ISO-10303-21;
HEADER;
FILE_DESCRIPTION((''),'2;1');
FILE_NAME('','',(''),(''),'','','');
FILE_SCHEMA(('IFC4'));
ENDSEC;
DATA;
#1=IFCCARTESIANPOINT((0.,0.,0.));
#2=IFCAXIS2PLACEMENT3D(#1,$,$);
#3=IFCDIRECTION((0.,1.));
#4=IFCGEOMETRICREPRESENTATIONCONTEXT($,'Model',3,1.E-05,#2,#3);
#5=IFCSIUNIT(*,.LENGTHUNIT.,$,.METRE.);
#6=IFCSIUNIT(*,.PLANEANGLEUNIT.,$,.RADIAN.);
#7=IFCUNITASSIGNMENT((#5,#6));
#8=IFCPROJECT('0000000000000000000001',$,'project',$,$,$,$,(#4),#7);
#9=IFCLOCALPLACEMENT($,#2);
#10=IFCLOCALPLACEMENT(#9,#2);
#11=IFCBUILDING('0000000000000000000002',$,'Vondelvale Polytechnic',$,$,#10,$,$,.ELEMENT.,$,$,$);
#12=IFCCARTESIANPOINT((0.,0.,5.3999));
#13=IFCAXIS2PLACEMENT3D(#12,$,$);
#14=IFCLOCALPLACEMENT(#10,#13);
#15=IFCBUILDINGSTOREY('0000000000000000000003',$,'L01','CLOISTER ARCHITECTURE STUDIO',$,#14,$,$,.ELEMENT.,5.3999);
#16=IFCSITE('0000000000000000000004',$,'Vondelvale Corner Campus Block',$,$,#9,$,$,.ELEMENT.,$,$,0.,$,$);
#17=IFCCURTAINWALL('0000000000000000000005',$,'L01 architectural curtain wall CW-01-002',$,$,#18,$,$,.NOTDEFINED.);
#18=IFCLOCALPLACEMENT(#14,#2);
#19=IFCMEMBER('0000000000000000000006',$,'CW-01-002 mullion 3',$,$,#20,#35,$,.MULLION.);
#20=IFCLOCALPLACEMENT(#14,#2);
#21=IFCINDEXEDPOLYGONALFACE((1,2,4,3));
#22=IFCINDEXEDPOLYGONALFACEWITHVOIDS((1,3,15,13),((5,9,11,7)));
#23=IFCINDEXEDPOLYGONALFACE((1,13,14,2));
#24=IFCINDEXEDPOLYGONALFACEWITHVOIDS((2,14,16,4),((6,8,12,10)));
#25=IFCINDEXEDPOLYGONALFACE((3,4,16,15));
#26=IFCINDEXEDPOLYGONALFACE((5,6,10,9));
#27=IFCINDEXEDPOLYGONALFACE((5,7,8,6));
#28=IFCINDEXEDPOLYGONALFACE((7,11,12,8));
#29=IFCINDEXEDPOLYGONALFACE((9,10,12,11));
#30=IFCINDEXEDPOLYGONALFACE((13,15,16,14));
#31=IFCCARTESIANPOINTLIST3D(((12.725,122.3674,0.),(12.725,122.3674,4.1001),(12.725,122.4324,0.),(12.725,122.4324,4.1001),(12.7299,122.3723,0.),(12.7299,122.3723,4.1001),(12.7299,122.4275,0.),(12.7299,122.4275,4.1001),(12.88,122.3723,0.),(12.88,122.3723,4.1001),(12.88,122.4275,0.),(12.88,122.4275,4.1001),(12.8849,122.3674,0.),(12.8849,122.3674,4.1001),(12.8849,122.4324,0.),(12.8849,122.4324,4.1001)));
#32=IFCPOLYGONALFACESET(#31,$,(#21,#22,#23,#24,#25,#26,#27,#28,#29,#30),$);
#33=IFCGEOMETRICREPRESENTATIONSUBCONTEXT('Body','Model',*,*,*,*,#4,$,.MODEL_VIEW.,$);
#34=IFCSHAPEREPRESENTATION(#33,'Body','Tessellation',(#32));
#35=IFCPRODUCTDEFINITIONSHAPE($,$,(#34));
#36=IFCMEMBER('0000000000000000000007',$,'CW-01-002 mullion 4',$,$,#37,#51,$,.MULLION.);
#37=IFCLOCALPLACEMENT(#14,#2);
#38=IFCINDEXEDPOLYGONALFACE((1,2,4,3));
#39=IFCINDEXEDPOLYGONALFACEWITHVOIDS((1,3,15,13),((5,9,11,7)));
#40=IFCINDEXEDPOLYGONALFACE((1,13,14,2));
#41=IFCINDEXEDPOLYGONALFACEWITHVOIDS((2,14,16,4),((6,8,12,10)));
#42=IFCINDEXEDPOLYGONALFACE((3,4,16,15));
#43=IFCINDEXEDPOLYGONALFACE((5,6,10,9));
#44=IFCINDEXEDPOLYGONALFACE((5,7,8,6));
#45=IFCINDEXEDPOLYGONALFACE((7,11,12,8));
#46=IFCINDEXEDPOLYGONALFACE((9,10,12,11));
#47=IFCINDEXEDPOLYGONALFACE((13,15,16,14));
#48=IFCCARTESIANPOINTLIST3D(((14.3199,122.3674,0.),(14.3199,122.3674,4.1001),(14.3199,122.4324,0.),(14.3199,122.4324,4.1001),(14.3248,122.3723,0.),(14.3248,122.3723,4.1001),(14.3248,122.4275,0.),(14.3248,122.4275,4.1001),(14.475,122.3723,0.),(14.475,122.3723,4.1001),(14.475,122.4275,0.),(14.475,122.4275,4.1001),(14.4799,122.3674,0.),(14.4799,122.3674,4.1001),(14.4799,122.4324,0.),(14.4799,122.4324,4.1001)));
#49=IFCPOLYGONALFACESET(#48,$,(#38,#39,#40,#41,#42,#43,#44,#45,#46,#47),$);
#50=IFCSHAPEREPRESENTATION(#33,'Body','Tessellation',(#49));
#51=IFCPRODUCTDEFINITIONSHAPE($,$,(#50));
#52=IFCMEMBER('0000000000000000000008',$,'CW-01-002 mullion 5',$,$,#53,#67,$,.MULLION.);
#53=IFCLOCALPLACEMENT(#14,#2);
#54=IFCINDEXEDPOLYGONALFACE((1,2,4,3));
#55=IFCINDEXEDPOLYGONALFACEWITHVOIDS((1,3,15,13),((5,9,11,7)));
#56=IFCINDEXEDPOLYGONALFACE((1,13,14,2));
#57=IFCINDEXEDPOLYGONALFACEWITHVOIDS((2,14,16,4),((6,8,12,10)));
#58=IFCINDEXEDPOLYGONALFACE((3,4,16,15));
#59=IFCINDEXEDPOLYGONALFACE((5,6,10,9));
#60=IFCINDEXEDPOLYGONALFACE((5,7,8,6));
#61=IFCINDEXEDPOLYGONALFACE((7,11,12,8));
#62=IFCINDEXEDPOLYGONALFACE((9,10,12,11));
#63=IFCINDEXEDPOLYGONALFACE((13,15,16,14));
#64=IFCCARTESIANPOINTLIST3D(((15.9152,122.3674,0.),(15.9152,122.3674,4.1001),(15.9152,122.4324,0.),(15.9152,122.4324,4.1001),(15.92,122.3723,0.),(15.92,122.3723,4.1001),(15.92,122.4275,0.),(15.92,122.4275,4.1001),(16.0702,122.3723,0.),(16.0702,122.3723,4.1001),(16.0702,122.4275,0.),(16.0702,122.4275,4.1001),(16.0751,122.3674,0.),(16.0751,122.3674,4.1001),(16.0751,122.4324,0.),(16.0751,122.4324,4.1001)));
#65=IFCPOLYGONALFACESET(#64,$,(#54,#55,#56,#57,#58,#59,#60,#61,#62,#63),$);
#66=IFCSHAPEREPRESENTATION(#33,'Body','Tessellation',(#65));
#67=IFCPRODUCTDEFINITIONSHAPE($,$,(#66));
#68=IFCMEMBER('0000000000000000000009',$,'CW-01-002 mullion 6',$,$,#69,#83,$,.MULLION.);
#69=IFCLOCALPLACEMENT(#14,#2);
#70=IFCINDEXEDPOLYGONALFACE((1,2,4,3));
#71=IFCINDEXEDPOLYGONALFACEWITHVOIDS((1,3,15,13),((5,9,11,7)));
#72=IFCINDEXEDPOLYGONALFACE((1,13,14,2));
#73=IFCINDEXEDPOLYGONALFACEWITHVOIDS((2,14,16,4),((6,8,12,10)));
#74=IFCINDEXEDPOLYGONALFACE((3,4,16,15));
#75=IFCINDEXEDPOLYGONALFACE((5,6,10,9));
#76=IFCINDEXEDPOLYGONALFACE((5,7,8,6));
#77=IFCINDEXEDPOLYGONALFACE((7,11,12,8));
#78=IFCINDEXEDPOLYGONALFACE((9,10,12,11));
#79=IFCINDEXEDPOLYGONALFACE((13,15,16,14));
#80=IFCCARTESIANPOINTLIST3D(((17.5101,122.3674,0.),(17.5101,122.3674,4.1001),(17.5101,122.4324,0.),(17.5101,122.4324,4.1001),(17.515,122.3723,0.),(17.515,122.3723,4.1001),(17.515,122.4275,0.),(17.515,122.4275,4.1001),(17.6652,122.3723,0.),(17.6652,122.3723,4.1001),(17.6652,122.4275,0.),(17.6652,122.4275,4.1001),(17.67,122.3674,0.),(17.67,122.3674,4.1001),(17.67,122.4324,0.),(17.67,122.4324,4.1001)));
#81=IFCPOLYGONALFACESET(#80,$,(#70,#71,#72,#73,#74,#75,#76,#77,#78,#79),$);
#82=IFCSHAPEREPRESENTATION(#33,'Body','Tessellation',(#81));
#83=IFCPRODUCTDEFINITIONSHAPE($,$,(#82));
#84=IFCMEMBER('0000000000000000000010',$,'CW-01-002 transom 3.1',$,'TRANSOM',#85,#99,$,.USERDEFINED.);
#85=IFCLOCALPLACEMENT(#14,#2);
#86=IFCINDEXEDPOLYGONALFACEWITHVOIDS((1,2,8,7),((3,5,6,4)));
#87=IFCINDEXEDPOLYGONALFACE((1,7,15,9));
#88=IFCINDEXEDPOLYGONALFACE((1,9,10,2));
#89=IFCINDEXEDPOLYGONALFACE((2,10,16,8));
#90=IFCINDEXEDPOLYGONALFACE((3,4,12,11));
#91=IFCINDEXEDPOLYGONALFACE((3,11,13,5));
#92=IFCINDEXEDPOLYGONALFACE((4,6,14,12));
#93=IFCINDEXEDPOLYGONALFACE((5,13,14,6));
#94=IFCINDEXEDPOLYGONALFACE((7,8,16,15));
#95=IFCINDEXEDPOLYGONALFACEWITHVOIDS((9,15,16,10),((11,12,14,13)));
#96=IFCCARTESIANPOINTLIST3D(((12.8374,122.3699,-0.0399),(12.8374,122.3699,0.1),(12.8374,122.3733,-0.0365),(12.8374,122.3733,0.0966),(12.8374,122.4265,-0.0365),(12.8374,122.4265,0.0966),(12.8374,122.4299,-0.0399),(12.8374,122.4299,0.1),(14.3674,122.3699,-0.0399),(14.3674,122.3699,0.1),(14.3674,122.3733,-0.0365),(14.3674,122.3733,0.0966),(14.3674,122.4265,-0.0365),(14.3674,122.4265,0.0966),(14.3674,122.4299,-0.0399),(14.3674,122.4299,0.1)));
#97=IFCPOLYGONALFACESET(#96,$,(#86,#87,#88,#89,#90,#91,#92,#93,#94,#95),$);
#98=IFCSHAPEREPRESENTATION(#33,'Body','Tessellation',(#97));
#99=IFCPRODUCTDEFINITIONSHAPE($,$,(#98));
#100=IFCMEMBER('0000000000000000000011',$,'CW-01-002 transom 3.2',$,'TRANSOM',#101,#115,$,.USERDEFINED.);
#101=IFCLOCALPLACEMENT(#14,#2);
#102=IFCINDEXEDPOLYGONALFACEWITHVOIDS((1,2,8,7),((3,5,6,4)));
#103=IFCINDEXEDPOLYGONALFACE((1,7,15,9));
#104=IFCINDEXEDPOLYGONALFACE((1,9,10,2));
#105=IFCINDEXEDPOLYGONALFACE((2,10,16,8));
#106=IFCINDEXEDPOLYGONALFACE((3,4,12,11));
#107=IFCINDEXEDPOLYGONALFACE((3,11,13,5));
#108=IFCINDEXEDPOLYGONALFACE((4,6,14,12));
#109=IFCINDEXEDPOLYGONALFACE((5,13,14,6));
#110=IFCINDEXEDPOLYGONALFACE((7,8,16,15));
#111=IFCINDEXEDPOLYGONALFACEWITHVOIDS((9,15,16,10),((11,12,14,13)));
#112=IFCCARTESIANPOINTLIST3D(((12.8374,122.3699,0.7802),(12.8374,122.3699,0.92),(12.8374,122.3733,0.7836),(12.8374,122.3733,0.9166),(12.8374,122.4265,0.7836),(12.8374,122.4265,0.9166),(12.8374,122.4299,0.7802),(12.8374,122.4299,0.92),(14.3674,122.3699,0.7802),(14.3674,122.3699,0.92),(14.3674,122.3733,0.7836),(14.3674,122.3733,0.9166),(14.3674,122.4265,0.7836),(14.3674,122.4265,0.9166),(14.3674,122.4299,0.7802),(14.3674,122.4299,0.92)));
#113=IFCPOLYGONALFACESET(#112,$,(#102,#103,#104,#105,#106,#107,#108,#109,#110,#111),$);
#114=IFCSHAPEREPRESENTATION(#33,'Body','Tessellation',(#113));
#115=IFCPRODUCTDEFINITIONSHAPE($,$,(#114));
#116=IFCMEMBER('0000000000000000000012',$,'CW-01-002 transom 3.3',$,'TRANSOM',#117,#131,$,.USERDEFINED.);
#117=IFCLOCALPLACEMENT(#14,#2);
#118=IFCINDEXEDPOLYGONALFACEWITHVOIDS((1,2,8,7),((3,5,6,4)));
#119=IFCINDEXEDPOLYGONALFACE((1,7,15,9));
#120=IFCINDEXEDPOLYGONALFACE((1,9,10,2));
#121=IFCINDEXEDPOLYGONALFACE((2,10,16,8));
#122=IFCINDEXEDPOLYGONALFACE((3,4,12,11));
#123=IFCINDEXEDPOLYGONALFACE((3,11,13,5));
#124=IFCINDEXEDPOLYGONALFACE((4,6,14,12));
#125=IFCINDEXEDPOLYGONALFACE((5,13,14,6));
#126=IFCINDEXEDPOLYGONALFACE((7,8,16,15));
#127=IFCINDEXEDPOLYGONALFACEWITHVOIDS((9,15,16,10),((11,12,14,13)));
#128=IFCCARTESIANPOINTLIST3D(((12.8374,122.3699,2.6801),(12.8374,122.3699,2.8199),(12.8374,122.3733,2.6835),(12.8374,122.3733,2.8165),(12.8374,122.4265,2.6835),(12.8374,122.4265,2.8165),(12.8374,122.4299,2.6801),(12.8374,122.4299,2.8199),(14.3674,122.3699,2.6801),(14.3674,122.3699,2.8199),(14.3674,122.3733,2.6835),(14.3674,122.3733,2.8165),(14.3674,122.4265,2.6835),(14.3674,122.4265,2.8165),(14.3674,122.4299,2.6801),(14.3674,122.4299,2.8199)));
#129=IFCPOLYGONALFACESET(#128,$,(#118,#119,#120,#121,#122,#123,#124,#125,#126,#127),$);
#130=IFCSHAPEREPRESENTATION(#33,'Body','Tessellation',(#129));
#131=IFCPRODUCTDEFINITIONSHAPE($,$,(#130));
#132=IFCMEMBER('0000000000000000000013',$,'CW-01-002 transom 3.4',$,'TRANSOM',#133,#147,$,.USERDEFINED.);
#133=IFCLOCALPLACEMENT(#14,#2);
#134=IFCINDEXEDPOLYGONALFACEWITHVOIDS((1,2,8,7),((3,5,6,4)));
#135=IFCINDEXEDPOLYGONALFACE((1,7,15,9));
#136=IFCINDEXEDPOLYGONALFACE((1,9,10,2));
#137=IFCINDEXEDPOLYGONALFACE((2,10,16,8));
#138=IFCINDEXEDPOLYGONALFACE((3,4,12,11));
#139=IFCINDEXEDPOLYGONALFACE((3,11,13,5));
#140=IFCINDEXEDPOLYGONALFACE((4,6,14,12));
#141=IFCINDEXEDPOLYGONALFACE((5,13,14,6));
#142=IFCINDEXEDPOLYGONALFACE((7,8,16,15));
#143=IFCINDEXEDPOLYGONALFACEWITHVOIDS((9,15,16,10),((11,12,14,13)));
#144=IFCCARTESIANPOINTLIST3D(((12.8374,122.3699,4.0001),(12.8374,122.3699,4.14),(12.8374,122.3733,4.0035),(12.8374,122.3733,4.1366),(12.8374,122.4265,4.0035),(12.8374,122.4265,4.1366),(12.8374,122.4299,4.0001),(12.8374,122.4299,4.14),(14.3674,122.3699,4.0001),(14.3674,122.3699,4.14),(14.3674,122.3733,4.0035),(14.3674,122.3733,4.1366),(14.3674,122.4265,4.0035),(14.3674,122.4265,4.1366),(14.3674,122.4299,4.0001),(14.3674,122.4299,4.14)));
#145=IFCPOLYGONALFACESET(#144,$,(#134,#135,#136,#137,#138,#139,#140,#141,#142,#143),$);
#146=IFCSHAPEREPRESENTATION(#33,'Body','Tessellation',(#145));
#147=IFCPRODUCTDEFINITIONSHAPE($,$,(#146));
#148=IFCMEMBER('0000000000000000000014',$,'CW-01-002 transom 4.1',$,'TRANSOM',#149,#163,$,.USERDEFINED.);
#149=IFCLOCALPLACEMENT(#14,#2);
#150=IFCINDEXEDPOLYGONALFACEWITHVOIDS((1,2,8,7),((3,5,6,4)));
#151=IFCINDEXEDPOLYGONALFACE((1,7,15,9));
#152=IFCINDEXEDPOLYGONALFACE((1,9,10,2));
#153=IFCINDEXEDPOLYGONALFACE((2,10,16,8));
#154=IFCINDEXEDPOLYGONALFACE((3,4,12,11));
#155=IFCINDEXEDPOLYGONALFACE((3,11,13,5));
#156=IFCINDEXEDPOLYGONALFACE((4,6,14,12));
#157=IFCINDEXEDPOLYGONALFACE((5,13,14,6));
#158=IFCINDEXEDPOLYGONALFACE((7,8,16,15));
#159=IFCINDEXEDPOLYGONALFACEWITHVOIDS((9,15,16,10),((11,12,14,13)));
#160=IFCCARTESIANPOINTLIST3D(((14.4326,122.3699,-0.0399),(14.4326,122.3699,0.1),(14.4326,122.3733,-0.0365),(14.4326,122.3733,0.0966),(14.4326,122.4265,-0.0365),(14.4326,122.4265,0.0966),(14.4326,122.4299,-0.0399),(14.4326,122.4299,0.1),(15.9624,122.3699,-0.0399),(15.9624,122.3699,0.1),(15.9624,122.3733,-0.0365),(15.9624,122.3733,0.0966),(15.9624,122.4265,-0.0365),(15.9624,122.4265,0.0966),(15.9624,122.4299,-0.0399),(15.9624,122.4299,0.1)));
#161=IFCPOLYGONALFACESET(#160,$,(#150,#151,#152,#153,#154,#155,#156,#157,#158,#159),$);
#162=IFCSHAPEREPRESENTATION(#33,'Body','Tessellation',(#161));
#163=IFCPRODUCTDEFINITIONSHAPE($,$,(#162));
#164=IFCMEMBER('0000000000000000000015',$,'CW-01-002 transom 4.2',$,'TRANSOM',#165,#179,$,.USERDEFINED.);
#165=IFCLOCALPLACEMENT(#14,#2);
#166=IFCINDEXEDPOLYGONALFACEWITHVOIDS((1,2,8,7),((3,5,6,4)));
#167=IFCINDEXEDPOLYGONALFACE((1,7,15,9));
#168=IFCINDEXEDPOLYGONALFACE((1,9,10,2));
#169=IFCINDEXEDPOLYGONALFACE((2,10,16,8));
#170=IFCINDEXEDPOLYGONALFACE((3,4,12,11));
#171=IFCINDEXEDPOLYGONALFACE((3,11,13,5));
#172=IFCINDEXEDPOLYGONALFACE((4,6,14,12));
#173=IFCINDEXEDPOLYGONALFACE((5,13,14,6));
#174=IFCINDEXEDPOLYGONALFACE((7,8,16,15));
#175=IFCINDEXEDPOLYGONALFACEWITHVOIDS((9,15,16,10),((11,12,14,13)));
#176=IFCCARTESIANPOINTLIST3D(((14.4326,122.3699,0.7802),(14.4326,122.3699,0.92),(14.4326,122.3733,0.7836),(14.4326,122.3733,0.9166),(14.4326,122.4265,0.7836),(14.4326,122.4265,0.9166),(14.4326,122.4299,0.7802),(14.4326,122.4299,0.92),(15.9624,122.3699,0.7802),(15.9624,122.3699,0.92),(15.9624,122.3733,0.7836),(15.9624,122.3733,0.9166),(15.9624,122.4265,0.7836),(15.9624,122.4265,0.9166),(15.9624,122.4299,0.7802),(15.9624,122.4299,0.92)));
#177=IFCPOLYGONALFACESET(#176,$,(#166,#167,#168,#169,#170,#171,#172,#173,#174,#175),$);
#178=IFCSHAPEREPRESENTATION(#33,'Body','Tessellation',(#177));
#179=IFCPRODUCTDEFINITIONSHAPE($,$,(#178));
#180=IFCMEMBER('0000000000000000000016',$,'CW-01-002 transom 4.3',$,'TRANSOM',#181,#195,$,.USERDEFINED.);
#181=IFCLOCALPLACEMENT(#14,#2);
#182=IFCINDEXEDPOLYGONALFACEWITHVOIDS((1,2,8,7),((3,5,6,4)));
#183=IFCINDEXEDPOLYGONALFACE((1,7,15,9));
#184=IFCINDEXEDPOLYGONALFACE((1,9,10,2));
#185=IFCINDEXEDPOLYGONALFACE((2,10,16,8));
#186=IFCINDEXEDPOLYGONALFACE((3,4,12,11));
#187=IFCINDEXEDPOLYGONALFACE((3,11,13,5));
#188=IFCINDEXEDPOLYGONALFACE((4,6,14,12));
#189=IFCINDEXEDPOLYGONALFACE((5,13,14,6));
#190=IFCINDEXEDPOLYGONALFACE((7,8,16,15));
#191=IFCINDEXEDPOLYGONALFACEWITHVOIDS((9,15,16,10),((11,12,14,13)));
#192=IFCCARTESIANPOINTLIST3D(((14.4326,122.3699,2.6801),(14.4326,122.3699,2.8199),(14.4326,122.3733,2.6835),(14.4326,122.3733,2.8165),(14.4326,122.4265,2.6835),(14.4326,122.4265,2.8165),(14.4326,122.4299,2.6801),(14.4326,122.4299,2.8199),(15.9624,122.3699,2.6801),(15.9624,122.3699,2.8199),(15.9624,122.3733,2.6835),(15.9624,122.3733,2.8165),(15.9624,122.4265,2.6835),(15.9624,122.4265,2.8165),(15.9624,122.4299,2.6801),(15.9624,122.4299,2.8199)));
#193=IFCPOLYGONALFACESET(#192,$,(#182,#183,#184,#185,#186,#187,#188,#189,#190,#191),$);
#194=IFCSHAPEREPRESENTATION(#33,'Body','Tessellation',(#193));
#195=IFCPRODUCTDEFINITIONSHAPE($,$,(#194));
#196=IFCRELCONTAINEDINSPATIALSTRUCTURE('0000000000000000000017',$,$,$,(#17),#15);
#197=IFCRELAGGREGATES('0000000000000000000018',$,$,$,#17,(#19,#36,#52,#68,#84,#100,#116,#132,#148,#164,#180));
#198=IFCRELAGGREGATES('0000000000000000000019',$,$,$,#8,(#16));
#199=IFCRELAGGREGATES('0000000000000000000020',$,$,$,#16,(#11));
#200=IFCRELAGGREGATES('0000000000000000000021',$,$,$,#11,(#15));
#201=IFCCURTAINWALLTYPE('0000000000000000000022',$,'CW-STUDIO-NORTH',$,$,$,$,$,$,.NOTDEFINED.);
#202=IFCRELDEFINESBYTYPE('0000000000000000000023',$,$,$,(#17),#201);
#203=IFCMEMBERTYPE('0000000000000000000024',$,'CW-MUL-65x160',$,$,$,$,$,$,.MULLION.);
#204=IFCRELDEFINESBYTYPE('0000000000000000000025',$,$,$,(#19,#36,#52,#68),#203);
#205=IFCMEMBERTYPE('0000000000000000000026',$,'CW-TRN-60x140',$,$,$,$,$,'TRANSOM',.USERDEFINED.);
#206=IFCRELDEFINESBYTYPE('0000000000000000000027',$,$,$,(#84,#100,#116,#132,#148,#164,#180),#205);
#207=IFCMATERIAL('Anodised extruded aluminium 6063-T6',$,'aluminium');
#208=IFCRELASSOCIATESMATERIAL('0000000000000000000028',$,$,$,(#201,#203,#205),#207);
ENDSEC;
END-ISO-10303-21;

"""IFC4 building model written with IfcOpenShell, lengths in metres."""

from ifc_helpers import new_model, si_unit, direction, frame, origin, origin_2d, place, context, subcontext, project, spatial, hollow_rectangle, extrude, material, material_profile, profile_set, type_object, element, aggregate, save


model = new_model("IFC4")

# Units and contexts
model_context = context("Model", 3, precision=1e-05, world=origin(), true_north=direction((0.0, 1.0)))
body_context = subcontext(model_context, "Body", "Model", "MODEL_VIEW")
ifc_project = project(units=[si_unit("LENGTHUNIT", "METRE"), si_unit("PLANEANGLEUNIT", "RADIAN")], contexts=[model_context])

# Site, building, storey
site_placement = place(None, origin())
site = spatial("IfcSite", under=ifc_project, at=site_placement, Name="Vondelvale Corner Campus Block", CompositionType="ELEMENT", RefElevation=0.0)
building_placement = place(site_placement, origin())
building = spatial("IfcBuilding", under=site, at=building_placement, Name="Vondelvale Polytechnic", CompositionType="ELEMENT")
storey_placement = place(building_placement, frame((0.0, 0.0, 5.3999)))
storey = spatial("IfcBuildingStorey", under=building, at=storey_placement, Name="L01", Description="CLOISTER ARCHITECTURE STUDIO", CompositionType="ELEMENT", Elevation=5.3999)

# Curtain wall, members
ifc_material_1 = material(Name="Anodised extruded aluminium 6063-T6", Category="aluminium")
curtain_wall_type = type_object("IfcCurtainWallType", Name="CW-STUDIO-NORTH", PredefinedType="NOTDEFINED", material=ifc_material_1)
curtain_wall_placement = place(storey_placement, origin())
curtain_wall = element("IfcCurtainWall", 1, at=curtain_wall_placement, inside=storey, type_object=curtain_wall_type, Name="L01 architectural curtain wall CW-01-002", PredefinedType="NOTDEFINED")
ifc_material_profile_1 = material_profile(ifc_material_1, hollow_rectangle(XDim=0.0649, YDim=0.1599, WallThickness=0.0049, at=origin_2d()), Name="CW-MUL-160x65")
ifc_profile_set_1 = profile_set([ifc_material_profile_1], Name="Anodised extruded aluminium 6063-T6")
member_type_1 = type_object("IfcMemberType", Name="CW-MUL-65x160", PredefinedType="MULLION", material=ifc_profile_set_1)
member_1_placement = place(storey_placement, frame((12.8049, 122.3999, 0.0), z_axis=(0.0, 0.0, 1.0), x_axis=(0.0, 1.0, 0.0)))
member_1 = element("IfcMember", 2, at=member_1_placement, type_object=member_type_1, Name="CW-01-002 mullion 3", PredefinedType="MULLION", context=body_context, shape_type="SweptSolid", body=[
    extrude(hollow_rectangle(XDim=0.0649, YDim=0.1599, WallThickness=0.0049, at=origin_2d()), origin(), (0.0, 0.0, 1.0), 4.1001),
])
member_2_placement = place(storey_placement, frame((14.3999, 122.3999, 0.0), z_axis=(0.0, 0.0, 1.0), x_axis=(0.0, 1.0, 0.0)))
member_2 = element("IfcMember", 3, at=member_2_placement, type_object=member_type_1, Name="CW-01-002 mullion 4", PredefinedType="MULLION", context=body_context, shape_type="SweptSolid", body=[
    extrude(hollow_rectangle(XDim=0.0649, YDim=0.1599, WallThickness=0.0049, at=origin_2d()), origin(), (0.0, 0.0, 1.0), 4.1001),
])
member_3_placement = place(storey_placement, frame((15.9951, 122.3999, 0.0), z_axis=(0.0, 0.0, 1.0), x_axis=(0.0, 1.0, 0.0)))
member_3 = element("IfcMember", 4, at=member_3_placement, type_object=member_type_1, Name="CW-01-002 mullion 5", PredefinedType="MULLION", context=body_context, shape_type="SweptSolid", body=[
    extrude(hollow_rectangle(XDim=0.0649, YDim=0.1599, WallThickness=0.0049, at=origin_2d()), origin(), (0.0, 0.0, 1.0), 4.1001),
])
member_4_placement = place(storey_placement, frame((17.5901, 122.3999, 0.0), z_axis=(0.0, 0.0, 1.0), x_axis=(0.0, 1.0, 0.0)))
member_4 = element("IfcMember", 5, at=member_4_placement, type_object=member_type_1, Name="CW-01-002 mullion 6", PredefinedType="MULLION", context=body_context, shape_type="SweptSolid", body=[
    extrude(hollow_rectangle(XDim=0.0649, YDim=0.1599, WallThickness=0.0049, at=origin_2d()), origin(), (0.0, 0.0, 1.0), 4.1001),
])
ifc_material_profile_2 = material_profile(ifc_material_1, hollow_rectangle(XDim=0.0601, YDim=0.1399, WallThickness=0.0034, at=origin_2d()), Name="CW-TRN-140x60")
ifc_profile_set_2 = profile_set([ifc_material_profile_2], Name="Anodised extruded aluminium 6063-T6")
member_type_2 = type_object("IfcMemberType", Name="CW-TRN-60x140", ElementType="TRANSOM", PredefinedType="USERDEFINED", material=ifc_profile_set_2)
member_5_placement = place(storey_placement, frame((12.8374, 122.3999, 0.03), z_axis=(1.0, 0.0, 0.0), x_axis=(0.0, 1.0, 0.0)))
member_5 = element("IfcMember", 6, at=member_5_placement, type_object=member_type_2, Name="CW-01-002 transom 3.1", ObjectType="TRANSOM", PredefinedType="USERDEFINED", context=body_context, shape_type="SweptSolid", body=[
    extrude(hollow_rectangle(XDim=0.0601, YDim=0.1399, WallThickness=0.0034, at=origin_2d()), origin(), (0.0, 0.0, 1.0), 1.53),
])
member_6_placement = place(storey_placement, frame((12.8374, 122.3999, 0.8501), z_axis=(1.0, 0.0, 0.0), x_axis=(0.0, 1.0, 0.0)))
member_6 = element("IfcMember", 7, at=member_6_placement, type_object=member_type_2, Name="CW-01-002 transom 3.2", ObjectType="TRANSOM", PredefinedType="USERDEFINED", context=body_context, shape_type="SweptSolid", body=[
    extrude(hollow_rectangle(XDim=0.0601, YDim=0.1399, WallThickness=0.0034, at=origin_2d()), origin(), (0.0, 0.0, 1.0), 1.53),
])
member_7_placement = place(storey_placement, frame((12.8374, 122.3999, 2.75), z_axis=(1.0, 0.0, 0.0), x_axis=(0.0, 1.0, 0.0)))
member_7 = element("IfcMember", 8, at=member_7_placement, type_object=member_type_2, Name="CW-01-002 transom 3.3", ObjectType="TRANSOM", PredefinedType="USERDEFINED", context=body_context, shape_type="SweptSolid", body=[
    extrude(hollow_rectangle(XDim=0.0601, YDim=0.1399, WallThickness=0.0034, at=origin_2d()), origin(), (0.0, 0.0, 1.0), 1.53),
])
member_8_placement = place(storey_placement, frame((12.8374, 122.3999, 4.0701), z_axis=(1.0, 0.0, 0.0), x_axis=(0.0, 1.0, 0.0)))
member_8 = element("IfcMember", 9, at=member_8_placement, type_object=member_type_2, Name="CW-01-002 transom 3.4", ObjectType="TRANSOM", PredefinedType="USERDEFINED", context=body_context, shape_type="SweptSolid", body=[
    extrude(hollow_rectangle(XDim=0.0601, YDim=0.1399, WallThickness=0.0034, at=origin_2d()), origin(), (0.0, 0.0, 1.0), 1.53),
])
member_9_placement = place(storey_placement, frame((14.4326, 122.3999, 0.03), z_axis=(1.0, 0.0, 0.0), x_axis=(0.0, 1.0, 0.0)))
member_9 = element("IfcMember", 10, at=member_9_placement, type_object=member_type_2, Name="CW-01-002 transom 4.1", ObjectType="TRANSOM", PredefinedType="USERDEFINED", context=body_context, shape_type="SweptSolid", body=[
    extrude(hollow_rectangle(XDim=0.0601, YDim=0.1399, WallThickness=0.0034, at=origin_2d()), origin(), (0.0, 0.0, 1.0), 1.5298),
])
member_10_placement = place(storey_placement, frame((14.4326, 122.3999, 0.8501), z_axis=(1.0, 0.0, 0.0), x_axis=(0.0, 1.0, 0.0)))
member_10 = element("IfcMember", 11, at=member_10_placement, type_object=member_type_2, Name="CW-01-002 transom 4.2", ObjectType="TRANSOM", PredefinedType="USERDEFINED", context=body_context, shape_type="SweptSolid", body=[
    extrude(hollow_rectangle(XDim=0.0601, YDim=0.1399, WallThickness=0.0034, at=origin_2d()), origin(), (0.0, 0.0, 1.0), 1.5298),
])
member_11_placement = place(storey_placement, frame((14.4326, 122.3999, 2.75), z_axis=(1.0, 0.0, 0.0), x_axis=(0.0, 1.0, 0.0)))
member_11 = element("IfcMember", 12, at=member_11_placement, type_object=member_type_2, Name="CW-01-002 transom 4.3", ObjectType="TRANSOM", PredefinedType="USERDEFINED", context=body_context, shape_type="SweptSolid", body=[
    extrude(hollow_rectangle(XDim=0.0601, YDim=0.1399, WallThickness=0.0034, at=origin_2d()), origin(), (0.0, 0.0, 1.0), 1.5298),
])
aggregate(curtain_wall, [member_1, member_2, member_3, member_4, member_5, member_6, member_7, member_8, member_9, member_10, member_11])

save(model, "model.ifc")
